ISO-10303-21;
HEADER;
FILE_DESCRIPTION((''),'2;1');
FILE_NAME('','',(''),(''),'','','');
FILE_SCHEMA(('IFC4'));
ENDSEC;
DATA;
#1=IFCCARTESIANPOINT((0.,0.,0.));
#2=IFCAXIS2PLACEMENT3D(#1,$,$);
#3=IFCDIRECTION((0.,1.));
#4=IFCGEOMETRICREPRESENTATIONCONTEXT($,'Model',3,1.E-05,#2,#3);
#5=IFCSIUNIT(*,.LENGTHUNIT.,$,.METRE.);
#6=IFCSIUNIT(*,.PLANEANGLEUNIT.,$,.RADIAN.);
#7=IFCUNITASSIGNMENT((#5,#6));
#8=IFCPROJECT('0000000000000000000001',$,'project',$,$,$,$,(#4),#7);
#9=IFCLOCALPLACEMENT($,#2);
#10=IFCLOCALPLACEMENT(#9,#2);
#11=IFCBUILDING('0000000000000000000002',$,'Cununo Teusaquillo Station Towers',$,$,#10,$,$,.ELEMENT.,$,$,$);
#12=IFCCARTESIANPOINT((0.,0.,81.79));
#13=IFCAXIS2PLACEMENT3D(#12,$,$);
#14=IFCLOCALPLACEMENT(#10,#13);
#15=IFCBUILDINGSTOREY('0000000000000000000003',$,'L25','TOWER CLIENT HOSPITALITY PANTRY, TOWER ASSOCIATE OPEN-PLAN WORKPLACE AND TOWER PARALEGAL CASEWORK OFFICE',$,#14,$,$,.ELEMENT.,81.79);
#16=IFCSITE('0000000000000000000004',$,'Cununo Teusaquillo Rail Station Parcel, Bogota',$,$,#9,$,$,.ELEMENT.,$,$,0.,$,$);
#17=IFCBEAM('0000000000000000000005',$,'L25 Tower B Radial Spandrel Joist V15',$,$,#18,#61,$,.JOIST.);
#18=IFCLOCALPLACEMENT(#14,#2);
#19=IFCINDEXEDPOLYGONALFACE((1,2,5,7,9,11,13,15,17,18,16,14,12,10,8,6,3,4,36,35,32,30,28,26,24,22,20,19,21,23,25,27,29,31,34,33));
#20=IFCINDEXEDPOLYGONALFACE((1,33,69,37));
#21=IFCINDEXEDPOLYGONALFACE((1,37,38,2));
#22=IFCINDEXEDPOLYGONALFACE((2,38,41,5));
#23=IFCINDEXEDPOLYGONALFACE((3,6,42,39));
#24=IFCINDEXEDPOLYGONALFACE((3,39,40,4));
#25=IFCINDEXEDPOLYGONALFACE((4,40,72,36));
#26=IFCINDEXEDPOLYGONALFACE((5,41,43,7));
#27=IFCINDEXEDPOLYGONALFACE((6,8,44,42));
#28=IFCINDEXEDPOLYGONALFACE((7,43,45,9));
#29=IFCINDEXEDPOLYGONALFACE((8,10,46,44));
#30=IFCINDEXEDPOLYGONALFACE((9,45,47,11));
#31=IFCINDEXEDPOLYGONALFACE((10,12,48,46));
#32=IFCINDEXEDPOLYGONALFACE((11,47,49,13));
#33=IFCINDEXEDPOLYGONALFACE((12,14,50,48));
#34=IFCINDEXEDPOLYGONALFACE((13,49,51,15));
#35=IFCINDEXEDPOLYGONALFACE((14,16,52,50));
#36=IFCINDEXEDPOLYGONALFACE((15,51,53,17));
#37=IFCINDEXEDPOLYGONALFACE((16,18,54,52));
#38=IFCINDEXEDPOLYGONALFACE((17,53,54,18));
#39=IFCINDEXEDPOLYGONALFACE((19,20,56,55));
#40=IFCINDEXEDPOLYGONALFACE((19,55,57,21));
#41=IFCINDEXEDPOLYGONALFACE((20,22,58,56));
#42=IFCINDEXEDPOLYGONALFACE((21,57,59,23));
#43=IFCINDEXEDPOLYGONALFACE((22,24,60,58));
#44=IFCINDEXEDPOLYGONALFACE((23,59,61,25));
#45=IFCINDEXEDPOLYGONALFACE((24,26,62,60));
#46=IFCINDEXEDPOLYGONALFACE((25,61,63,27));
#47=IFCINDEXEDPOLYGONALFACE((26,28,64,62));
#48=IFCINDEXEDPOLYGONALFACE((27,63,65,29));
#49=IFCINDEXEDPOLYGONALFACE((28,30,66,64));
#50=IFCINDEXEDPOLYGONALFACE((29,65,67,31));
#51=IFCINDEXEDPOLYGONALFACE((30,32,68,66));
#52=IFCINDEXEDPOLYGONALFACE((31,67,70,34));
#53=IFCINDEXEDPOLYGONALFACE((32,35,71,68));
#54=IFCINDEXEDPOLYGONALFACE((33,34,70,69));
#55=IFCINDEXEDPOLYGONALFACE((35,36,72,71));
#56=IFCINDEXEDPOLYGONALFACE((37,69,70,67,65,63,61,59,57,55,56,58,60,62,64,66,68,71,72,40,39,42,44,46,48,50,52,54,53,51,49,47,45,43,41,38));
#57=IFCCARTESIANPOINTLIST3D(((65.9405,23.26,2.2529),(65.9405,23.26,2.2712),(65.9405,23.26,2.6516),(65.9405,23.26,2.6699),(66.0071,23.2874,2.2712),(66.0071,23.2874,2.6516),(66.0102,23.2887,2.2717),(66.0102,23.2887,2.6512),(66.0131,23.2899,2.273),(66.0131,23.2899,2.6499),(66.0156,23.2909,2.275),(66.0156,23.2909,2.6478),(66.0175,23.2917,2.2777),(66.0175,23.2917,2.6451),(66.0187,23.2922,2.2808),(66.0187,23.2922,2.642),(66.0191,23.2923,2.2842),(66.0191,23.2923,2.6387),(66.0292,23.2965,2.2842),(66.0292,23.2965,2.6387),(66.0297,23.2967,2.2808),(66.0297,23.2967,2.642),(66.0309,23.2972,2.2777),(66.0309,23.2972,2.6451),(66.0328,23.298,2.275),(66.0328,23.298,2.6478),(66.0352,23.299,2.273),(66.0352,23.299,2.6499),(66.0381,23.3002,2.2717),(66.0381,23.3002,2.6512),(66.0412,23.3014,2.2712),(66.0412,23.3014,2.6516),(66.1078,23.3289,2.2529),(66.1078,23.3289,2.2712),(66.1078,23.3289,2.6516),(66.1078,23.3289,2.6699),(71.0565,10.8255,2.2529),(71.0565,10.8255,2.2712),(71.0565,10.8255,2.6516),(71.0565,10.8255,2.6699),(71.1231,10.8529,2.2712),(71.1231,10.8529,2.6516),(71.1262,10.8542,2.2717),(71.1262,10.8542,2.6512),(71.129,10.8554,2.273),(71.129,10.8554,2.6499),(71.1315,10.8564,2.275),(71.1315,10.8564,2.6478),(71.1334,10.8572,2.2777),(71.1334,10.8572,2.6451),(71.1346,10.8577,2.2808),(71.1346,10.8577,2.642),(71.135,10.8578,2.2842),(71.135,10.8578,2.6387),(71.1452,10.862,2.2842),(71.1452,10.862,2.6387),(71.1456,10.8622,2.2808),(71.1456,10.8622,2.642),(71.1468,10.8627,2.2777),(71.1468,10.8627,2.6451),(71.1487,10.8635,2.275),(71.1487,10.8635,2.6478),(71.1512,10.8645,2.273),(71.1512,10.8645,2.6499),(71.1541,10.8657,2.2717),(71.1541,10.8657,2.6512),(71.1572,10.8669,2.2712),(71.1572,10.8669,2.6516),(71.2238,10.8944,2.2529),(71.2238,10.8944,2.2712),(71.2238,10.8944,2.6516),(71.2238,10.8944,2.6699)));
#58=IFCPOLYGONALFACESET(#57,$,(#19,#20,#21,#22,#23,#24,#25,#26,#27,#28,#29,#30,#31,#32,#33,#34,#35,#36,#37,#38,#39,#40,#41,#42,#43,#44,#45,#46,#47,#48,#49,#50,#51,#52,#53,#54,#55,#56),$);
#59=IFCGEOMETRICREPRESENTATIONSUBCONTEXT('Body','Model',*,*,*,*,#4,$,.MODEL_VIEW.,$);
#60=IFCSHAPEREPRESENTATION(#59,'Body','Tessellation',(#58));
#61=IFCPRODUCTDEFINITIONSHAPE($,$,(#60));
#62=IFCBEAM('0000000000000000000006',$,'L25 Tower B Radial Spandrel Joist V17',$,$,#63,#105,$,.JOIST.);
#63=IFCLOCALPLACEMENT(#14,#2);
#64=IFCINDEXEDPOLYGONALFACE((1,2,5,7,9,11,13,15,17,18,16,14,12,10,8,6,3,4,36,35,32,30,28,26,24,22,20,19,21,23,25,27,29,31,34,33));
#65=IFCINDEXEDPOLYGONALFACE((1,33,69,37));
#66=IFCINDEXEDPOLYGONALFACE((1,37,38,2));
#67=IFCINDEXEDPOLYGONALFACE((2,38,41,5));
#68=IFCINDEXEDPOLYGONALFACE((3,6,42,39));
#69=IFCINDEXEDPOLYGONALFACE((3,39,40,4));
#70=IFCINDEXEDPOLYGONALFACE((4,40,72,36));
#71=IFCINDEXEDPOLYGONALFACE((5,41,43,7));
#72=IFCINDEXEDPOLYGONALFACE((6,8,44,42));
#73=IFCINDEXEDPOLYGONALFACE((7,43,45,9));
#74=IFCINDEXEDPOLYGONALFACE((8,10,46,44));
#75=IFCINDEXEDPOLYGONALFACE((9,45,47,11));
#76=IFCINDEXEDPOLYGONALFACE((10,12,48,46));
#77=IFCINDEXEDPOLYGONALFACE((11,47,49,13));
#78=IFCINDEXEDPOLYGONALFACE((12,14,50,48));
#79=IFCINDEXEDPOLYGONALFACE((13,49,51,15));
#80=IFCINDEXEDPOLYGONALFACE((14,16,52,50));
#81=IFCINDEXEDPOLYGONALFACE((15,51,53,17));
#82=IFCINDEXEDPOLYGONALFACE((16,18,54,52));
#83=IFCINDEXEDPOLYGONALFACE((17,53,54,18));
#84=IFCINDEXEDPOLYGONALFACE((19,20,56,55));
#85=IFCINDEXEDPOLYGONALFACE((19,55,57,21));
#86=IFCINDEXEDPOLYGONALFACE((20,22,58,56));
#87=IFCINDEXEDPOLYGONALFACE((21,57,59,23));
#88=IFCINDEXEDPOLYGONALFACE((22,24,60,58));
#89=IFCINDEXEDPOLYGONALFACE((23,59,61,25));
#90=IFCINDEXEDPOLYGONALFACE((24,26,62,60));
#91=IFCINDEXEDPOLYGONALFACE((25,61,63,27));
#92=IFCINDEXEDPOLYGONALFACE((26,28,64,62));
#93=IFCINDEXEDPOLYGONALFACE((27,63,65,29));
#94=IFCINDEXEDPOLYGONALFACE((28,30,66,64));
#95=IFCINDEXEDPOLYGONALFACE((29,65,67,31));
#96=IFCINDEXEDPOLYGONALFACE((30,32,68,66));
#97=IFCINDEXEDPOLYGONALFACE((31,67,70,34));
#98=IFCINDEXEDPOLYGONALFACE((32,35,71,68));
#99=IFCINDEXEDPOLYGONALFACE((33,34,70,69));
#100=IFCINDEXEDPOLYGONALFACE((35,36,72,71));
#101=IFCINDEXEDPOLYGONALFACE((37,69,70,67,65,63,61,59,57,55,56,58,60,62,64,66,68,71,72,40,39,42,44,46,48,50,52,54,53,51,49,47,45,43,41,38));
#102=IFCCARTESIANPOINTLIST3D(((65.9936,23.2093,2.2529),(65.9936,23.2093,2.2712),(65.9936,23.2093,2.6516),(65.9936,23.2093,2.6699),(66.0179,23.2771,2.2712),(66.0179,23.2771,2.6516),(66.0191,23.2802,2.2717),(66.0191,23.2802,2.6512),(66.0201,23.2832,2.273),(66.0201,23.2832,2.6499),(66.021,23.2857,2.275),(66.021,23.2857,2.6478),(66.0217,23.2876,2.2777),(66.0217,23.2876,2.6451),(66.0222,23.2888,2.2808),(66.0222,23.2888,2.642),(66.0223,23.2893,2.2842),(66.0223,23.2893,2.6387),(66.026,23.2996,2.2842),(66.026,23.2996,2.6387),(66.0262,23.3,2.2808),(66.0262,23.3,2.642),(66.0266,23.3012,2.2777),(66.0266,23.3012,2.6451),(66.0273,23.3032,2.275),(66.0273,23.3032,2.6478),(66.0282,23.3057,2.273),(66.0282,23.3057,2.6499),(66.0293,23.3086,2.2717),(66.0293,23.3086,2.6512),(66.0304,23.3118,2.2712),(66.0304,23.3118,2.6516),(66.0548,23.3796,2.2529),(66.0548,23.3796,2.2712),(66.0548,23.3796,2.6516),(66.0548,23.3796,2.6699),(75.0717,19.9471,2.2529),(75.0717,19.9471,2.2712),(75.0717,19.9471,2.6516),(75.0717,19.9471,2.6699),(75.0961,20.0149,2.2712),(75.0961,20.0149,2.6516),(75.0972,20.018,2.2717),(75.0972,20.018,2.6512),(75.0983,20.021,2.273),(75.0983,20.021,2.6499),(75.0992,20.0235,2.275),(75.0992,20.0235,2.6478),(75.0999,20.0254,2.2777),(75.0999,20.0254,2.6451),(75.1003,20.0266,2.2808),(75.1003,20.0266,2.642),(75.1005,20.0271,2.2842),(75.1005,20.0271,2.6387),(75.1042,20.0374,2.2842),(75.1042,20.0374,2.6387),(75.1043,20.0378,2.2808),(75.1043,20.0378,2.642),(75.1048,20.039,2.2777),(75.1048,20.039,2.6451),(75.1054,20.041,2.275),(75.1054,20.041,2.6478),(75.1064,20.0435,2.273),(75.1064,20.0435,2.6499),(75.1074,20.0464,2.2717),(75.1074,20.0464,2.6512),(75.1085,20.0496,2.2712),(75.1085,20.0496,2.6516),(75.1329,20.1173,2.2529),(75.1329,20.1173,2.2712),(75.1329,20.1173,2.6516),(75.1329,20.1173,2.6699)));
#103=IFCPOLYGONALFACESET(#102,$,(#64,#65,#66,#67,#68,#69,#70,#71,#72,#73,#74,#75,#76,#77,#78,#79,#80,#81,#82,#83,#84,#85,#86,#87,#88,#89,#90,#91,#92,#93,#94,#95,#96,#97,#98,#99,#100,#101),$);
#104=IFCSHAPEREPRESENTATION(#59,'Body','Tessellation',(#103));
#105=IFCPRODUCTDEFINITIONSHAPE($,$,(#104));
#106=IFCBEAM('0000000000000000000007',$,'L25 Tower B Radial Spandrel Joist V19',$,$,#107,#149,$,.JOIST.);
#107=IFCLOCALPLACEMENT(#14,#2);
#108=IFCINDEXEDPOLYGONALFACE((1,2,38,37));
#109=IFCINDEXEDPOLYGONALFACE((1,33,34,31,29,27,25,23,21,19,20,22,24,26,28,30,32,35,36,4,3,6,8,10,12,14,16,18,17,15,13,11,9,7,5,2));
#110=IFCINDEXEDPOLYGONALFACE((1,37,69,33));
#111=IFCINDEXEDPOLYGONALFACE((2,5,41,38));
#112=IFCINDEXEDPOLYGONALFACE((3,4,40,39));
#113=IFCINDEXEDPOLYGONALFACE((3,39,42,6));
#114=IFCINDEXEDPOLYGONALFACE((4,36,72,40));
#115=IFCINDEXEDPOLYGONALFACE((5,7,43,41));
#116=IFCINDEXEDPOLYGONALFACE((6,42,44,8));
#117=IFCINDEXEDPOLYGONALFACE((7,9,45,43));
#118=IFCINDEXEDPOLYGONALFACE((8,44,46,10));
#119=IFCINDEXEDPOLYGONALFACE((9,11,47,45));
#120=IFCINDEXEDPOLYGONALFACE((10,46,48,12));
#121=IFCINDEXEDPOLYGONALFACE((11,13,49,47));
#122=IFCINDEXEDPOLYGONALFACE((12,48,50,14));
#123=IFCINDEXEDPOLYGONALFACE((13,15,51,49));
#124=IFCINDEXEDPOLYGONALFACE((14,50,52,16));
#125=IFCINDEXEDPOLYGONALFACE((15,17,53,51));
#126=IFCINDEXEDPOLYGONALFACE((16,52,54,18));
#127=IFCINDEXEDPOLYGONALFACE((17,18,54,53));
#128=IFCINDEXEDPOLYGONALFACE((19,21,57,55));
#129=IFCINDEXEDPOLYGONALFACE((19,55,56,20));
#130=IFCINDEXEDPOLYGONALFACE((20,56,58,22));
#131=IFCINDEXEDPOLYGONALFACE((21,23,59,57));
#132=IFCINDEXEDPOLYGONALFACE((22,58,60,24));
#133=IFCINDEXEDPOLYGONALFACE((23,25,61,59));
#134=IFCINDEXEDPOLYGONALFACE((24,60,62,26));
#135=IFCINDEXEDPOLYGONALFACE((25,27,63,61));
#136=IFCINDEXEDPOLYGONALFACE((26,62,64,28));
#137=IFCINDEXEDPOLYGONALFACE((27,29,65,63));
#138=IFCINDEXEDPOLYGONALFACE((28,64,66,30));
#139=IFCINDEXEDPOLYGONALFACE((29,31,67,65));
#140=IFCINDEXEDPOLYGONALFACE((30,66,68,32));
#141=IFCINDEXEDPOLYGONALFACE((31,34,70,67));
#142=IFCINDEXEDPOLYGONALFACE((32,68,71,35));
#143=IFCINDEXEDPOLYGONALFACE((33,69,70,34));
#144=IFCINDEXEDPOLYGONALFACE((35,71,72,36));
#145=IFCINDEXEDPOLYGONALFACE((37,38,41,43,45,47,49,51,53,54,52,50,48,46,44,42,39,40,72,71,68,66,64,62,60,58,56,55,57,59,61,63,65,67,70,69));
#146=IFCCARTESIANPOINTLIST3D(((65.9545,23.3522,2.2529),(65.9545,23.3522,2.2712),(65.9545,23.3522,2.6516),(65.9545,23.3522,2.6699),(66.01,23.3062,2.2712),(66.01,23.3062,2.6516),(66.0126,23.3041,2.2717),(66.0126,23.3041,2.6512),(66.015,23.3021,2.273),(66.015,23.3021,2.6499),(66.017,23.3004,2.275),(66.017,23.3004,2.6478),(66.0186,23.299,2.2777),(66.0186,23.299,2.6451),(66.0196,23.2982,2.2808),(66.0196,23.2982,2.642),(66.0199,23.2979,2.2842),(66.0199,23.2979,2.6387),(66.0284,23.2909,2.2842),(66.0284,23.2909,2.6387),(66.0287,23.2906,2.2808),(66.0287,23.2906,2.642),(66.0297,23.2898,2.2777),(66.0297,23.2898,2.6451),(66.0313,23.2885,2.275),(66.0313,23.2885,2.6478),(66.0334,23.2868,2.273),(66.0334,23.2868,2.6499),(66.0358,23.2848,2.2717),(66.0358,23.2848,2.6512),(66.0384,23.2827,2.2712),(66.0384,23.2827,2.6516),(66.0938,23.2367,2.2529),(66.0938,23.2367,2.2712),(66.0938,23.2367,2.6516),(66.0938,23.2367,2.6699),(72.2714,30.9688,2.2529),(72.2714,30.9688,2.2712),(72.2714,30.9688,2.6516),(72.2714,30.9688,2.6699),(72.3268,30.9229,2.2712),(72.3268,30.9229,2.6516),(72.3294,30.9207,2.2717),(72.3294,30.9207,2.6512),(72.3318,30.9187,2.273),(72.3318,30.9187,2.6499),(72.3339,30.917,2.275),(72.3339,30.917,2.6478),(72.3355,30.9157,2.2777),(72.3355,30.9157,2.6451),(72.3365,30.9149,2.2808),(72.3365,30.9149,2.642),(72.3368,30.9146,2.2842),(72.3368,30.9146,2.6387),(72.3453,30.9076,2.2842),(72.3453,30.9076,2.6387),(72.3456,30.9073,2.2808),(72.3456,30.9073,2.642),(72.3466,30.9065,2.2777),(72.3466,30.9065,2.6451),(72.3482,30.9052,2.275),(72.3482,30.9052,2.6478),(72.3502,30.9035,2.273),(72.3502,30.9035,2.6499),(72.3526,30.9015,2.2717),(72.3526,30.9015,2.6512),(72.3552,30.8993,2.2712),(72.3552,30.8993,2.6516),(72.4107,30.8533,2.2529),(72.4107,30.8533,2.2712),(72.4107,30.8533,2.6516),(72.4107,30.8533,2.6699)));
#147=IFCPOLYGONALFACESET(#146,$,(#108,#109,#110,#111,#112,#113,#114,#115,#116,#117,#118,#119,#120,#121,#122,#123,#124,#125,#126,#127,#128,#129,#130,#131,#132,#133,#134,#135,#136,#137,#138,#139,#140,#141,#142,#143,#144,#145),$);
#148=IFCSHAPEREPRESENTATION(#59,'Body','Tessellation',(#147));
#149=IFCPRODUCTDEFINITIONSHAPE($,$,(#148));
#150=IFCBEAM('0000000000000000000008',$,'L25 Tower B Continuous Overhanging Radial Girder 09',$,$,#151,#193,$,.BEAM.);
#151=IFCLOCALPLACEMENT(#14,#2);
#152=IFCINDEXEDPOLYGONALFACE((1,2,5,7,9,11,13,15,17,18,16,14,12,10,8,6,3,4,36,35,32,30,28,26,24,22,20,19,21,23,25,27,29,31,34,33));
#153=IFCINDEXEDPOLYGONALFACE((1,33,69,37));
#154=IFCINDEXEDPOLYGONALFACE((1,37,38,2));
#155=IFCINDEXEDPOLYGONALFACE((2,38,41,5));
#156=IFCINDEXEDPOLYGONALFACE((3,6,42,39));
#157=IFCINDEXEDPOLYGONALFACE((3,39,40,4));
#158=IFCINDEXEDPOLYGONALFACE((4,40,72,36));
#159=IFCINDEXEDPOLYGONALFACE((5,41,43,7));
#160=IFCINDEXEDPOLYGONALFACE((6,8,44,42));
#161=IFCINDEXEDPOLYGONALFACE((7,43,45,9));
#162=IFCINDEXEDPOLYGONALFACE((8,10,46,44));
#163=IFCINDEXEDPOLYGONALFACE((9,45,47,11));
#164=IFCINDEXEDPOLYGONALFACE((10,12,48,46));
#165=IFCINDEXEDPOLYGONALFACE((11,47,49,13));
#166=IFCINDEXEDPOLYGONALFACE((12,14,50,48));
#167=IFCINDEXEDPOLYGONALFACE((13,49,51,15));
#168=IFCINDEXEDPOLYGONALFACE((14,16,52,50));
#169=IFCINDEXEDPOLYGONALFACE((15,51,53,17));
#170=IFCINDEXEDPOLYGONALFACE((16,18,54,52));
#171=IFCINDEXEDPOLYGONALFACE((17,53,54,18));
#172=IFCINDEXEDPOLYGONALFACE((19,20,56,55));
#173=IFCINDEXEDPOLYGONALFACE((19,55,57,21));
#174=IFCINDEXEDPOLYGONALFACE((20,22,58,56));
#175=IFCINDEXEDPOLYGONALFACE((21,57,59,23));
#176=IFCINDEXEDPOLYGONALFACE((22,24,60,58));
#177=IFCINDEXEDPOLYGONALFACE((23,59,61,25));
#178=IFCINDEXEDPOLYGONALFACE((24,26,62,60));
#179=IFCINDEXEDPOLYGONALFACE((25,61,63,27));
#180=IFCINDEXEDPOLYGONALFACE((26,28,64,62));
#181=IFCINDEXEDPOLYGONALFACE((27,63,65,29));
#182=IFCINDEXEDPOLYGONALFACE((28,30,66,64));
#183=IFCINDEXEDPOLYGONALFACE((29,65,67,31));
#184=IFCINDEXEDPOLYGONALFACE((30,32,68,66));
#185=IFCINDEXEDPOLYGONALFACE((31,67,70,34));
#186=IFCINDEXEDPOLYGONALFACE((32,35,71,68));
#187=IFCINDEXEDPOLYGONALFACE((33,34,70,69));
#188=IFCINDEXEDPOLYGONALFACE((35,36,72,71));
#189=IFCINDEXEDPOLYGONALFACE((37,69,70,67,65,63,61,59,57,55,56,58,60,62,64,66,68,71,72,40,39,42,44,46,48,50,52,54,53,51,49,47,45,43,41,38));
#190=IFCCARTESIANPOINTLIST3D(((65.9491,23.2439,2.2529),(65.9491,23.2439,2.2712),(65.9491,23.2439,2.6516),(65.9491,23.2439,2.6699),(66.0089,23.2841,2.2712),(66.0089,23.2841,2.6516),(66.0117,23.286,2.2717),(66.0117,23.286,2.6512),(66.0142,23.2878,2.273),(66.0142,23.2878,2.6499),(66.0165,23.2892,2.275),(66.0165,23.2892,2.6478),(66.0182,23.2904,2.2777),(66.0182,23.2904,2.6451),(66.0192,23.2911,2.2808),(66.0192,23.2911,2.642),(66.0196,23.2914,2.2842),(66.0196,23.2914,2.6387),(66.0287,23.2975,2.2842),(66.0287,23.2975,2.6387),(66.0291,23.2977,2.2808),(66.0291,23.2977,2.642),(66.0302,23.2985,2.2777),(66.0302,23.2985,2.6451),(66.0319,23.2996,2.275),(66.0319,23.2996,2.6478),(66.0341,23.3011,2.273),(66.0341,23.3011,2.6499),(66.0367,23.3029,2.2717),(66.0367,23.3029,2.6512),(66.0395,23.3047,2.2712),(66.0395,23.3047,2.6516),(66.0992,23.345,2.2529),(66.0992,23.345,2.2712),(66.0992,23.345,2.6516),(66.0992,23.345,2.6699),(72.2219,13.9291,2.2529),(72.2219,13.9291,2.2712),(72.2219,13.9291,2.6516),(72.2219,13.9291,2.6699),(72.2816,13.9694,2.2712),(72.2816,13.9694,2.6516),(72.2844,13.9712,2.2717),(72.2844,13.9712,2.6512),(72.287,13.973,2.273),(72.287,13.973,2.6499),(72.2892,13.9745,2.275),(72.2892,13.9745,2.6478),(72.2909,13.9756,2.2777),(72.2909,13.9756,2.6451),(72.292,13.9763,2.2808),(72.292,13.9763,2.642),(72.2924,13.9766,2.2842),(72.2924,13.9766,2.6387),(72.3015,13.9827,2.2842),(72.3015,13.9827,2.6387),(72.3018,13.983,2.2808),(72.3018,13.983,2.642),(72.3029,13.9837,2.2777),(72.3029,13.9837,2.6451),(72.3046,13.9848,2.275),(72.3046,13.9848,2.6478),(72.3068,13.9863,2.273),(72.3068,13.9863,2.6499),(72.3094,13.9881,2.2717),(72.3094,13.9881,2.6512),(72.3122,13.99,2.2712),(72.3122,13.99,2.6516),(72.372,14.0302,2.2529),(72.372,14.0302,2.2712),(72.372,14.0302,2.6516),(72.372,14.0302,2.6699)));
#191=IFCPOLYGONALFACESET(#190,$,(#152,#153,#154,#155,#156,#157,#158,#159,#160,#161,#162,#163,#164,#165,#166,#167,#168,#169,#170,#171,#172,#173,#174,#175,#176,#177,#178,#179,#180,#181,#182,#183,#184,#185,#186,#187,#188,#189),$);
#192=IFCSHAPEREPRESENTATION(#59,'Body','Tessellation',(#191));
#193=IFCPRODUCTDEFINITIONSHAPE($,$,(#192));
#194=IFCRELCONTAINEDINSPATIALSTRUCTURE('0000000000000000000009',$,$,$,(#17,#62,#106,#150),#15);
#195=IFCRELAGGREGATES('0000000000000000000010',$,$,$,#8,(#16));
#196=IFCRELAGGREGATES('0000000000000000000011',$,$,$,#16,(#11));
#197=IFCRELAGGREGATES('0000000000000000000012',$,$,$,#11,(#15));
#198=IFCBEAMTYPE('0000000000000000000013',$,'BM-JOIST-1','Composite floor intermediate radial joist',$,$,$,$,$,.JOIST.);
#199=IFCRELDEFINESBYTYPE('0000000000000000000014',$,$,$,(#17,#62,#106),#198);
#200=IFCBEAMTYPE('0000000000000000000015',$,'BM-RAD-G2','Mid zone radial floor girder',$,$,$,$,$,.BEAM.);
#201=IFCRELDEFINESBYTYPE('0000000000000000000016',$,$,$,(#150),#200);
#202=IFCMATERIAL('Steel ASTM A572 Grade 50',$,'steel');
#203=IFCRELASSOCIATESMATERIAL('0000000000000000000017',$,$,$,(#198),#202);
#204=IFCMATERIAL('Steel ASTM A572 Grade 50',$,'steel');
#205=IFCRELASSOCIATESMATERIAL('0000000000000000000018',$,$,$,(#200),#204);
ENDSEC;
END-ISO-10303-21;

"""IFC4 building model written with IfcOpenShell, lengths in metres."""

from ifc_helpers import new_model, si_unit, direction, frame, origin, origin_2d, place, context, subcontext, project, spatial, i_section, extrude, material, material_profile, profile_set, type_object, element, save


model = new_model("IFC4")

# Units and contexts
model_context = context("Model", 3, precision=1e-05, world=origin(), true_north=direction((0.0, 1.0)))
body_context = subcontext(model_context, "Body", "Model", "MODEL_VIEW")
ifc_project = project(units=[si_unit("LENGTHUNIT", "METRE"), si_unit("PLANEANGLEUNIT", "RADIAN")], contexts=[model_context])

# Site, building, storey
site_placement = place(None, origin())
site = spatial("IfcSite", under=ifc_project, at=site_placement, Name="Cununo Teusaquillo Rail Station Parcel, Bogota", CompositionType="ELEMENT", RefElevation=0.0)
building_placement = place(site_placement, origin())
building = spatial("IfcBuilding", under=site, at=building_placement, Name="Cununo Teusaquillo Station Towers", CompositionType="ELEMENT")
storey_placement = place(building_placement, frame((0.0, 0.0, 81.79)))
storey = spatial("IfcBuildingStorey", under=building, at=storey_placement, Name="L25", Description="TOWER CLIENT HOSPITALITY PANTRY, TOWER ASSOCIATE OPEN-PLAN WORKPLACE AND TOWER PARALEGAL CASEWORK OFFICE", CompositionType="ELEMENT", Elevation=81.79)

# Beams
ifc_material_1 = material(Name="Steel ASTM A572 Grade 50", Category="steel")
ifc_material_profile_1 = material_profile(ifc_material_1, i_section(OverallWidth=0.1809, OverallDepth=0.417, WebThickness=0.011, FlangeThickness=0.0183, FilletRadius=0.0129, at=origin_2d()), Name="W16X57")
ifc_profile_set_1 = profile_set([ifc_material_profile_1], Name="Steel ASTM A572 Grade 50")
beam_type_1 = type_object("IfcBeamType", Name="BM-JOIST-1", Description="Composite floor intermediate radial joist", PredefinedType="JOIST", material=ifc_profile_set_1)
beam_1_placement = place(storey_placement, frame((66.0242, 23.2944, 2.4614), z_axis=(0.380486, -0.924787, 0.0), x_axis=(0.924787, 0.380486, 0.0)))
element("IfcBeam", 1, at=beam_1_placement, inside=storey, type_object=beam_type_1, Name="L25 Tower B Radial Spandrel Joist V15", PredefinedType="JOIST", context=body_context, shape_type="SweptSolid", body=[
    extrude(i_section(OverallWidth=0.1809, OverallDepth=0.417, WebThickness=0.011, FlangeThickness=0.0183, FilletRadius=0.0129, at=origin_2d()), origin(), (0.0, 0.0, 1.0), 13.4458),
])
beam_2_placement = place(storey_placement, frame((66.0242, 23.2944, 2.4614), z_axis=(0.941083, -0.338176, 0.0), x_axis=(0.338176, 0.941083, 0.0)))
element("IfcBeam", 2, at=beam_2_placement, inside=storey, type_object=beam_type_1, Name="L25 Tower B Radial Spandrel Joist V17", PredefinedType="JOIST", context=body_context, shape_type="SweptSolid", body=[
    extrude(i_section(OverallWidth=0.1809, OverallDepth=0.417, WebThickness=0.011, FlangeThickness=0.0183, FilletRadius=0.0129, at=origin_2d()), origin(), (0.0, 0.0, 1.0), 9.6465),
])
beam_3_placement = place(storey_placement, frame((66.0242, 23.2944, 2.4614), z_axis=(0.638372, 0.769728, 0.0), x_axis=(-0.769728, 0.638372, 0.0)))
element("IfcBeam", 3, at=beam_3_placement, inside=storey, type_object=beam_type_1, Name="L25 Tower B Radial Spandrel Joist V19", PredefinedType="JOIST", context=body_context, shape_type="SweptSolid", body=[
    extrude(i_section(OverallWidth=0.1809, OverallDepth=0.417, WebThickness=0.011, FlangeThickness=0.0183, FilletRadius=0.0129, at=origin_2d()), origin(), (0.0, 0.0, 1.0), 9.8953),
])
ifc_material_2 = material(Name="Steel ASTM A572 Grade 50", Category="steel")
ifc_material_profile_2 = material_profile(ifc_material_2, i_section(OverallWidth=0.1809, OverallDepth=0.417, WebThickness=0.011, FlangeThickness=0.0183, FilletRadius=0.0129, at=origin_2d()), Name="W16X57")
ifc_profile_set_2 = profile_set([ifc_material_profile_2], Name="Steel ASTM A572 Grade 50")
beam_type_2 = type_object("IfcBeamType", Name="BM-RAD-G2", Description="Mid zone radial floor girder", PredefinedType="BEAM", material=ifc_profile_set_2)
beam_4_placement = place(storey_placement, frame((66.0242, 23.2944, 2.4614), z_axis=(0.558572, -0.829456, 0.0), x_axis=(0.829456, 0.558572, 0.0)))
element("IfcBeam", 4, at=beam_4_placement, inside=storey, type_object=beam_type_2, Name="L25 Tower B Continuous Overhanging Radial Girder 09", PredefinedType="BEAM", context=body_context, shape_type="SweptSolid", body=[
    extrude(i_section(OverallWidth=0.1809, OverallDepth=0.417, WebThickness=0.011, FlangeThickness=0.0183, FilletRadius=0.0129, at=origin_2d()), origin(), (0.0, 0.0, 1.0), 11.23),
])

save(model, "model.ifc")
